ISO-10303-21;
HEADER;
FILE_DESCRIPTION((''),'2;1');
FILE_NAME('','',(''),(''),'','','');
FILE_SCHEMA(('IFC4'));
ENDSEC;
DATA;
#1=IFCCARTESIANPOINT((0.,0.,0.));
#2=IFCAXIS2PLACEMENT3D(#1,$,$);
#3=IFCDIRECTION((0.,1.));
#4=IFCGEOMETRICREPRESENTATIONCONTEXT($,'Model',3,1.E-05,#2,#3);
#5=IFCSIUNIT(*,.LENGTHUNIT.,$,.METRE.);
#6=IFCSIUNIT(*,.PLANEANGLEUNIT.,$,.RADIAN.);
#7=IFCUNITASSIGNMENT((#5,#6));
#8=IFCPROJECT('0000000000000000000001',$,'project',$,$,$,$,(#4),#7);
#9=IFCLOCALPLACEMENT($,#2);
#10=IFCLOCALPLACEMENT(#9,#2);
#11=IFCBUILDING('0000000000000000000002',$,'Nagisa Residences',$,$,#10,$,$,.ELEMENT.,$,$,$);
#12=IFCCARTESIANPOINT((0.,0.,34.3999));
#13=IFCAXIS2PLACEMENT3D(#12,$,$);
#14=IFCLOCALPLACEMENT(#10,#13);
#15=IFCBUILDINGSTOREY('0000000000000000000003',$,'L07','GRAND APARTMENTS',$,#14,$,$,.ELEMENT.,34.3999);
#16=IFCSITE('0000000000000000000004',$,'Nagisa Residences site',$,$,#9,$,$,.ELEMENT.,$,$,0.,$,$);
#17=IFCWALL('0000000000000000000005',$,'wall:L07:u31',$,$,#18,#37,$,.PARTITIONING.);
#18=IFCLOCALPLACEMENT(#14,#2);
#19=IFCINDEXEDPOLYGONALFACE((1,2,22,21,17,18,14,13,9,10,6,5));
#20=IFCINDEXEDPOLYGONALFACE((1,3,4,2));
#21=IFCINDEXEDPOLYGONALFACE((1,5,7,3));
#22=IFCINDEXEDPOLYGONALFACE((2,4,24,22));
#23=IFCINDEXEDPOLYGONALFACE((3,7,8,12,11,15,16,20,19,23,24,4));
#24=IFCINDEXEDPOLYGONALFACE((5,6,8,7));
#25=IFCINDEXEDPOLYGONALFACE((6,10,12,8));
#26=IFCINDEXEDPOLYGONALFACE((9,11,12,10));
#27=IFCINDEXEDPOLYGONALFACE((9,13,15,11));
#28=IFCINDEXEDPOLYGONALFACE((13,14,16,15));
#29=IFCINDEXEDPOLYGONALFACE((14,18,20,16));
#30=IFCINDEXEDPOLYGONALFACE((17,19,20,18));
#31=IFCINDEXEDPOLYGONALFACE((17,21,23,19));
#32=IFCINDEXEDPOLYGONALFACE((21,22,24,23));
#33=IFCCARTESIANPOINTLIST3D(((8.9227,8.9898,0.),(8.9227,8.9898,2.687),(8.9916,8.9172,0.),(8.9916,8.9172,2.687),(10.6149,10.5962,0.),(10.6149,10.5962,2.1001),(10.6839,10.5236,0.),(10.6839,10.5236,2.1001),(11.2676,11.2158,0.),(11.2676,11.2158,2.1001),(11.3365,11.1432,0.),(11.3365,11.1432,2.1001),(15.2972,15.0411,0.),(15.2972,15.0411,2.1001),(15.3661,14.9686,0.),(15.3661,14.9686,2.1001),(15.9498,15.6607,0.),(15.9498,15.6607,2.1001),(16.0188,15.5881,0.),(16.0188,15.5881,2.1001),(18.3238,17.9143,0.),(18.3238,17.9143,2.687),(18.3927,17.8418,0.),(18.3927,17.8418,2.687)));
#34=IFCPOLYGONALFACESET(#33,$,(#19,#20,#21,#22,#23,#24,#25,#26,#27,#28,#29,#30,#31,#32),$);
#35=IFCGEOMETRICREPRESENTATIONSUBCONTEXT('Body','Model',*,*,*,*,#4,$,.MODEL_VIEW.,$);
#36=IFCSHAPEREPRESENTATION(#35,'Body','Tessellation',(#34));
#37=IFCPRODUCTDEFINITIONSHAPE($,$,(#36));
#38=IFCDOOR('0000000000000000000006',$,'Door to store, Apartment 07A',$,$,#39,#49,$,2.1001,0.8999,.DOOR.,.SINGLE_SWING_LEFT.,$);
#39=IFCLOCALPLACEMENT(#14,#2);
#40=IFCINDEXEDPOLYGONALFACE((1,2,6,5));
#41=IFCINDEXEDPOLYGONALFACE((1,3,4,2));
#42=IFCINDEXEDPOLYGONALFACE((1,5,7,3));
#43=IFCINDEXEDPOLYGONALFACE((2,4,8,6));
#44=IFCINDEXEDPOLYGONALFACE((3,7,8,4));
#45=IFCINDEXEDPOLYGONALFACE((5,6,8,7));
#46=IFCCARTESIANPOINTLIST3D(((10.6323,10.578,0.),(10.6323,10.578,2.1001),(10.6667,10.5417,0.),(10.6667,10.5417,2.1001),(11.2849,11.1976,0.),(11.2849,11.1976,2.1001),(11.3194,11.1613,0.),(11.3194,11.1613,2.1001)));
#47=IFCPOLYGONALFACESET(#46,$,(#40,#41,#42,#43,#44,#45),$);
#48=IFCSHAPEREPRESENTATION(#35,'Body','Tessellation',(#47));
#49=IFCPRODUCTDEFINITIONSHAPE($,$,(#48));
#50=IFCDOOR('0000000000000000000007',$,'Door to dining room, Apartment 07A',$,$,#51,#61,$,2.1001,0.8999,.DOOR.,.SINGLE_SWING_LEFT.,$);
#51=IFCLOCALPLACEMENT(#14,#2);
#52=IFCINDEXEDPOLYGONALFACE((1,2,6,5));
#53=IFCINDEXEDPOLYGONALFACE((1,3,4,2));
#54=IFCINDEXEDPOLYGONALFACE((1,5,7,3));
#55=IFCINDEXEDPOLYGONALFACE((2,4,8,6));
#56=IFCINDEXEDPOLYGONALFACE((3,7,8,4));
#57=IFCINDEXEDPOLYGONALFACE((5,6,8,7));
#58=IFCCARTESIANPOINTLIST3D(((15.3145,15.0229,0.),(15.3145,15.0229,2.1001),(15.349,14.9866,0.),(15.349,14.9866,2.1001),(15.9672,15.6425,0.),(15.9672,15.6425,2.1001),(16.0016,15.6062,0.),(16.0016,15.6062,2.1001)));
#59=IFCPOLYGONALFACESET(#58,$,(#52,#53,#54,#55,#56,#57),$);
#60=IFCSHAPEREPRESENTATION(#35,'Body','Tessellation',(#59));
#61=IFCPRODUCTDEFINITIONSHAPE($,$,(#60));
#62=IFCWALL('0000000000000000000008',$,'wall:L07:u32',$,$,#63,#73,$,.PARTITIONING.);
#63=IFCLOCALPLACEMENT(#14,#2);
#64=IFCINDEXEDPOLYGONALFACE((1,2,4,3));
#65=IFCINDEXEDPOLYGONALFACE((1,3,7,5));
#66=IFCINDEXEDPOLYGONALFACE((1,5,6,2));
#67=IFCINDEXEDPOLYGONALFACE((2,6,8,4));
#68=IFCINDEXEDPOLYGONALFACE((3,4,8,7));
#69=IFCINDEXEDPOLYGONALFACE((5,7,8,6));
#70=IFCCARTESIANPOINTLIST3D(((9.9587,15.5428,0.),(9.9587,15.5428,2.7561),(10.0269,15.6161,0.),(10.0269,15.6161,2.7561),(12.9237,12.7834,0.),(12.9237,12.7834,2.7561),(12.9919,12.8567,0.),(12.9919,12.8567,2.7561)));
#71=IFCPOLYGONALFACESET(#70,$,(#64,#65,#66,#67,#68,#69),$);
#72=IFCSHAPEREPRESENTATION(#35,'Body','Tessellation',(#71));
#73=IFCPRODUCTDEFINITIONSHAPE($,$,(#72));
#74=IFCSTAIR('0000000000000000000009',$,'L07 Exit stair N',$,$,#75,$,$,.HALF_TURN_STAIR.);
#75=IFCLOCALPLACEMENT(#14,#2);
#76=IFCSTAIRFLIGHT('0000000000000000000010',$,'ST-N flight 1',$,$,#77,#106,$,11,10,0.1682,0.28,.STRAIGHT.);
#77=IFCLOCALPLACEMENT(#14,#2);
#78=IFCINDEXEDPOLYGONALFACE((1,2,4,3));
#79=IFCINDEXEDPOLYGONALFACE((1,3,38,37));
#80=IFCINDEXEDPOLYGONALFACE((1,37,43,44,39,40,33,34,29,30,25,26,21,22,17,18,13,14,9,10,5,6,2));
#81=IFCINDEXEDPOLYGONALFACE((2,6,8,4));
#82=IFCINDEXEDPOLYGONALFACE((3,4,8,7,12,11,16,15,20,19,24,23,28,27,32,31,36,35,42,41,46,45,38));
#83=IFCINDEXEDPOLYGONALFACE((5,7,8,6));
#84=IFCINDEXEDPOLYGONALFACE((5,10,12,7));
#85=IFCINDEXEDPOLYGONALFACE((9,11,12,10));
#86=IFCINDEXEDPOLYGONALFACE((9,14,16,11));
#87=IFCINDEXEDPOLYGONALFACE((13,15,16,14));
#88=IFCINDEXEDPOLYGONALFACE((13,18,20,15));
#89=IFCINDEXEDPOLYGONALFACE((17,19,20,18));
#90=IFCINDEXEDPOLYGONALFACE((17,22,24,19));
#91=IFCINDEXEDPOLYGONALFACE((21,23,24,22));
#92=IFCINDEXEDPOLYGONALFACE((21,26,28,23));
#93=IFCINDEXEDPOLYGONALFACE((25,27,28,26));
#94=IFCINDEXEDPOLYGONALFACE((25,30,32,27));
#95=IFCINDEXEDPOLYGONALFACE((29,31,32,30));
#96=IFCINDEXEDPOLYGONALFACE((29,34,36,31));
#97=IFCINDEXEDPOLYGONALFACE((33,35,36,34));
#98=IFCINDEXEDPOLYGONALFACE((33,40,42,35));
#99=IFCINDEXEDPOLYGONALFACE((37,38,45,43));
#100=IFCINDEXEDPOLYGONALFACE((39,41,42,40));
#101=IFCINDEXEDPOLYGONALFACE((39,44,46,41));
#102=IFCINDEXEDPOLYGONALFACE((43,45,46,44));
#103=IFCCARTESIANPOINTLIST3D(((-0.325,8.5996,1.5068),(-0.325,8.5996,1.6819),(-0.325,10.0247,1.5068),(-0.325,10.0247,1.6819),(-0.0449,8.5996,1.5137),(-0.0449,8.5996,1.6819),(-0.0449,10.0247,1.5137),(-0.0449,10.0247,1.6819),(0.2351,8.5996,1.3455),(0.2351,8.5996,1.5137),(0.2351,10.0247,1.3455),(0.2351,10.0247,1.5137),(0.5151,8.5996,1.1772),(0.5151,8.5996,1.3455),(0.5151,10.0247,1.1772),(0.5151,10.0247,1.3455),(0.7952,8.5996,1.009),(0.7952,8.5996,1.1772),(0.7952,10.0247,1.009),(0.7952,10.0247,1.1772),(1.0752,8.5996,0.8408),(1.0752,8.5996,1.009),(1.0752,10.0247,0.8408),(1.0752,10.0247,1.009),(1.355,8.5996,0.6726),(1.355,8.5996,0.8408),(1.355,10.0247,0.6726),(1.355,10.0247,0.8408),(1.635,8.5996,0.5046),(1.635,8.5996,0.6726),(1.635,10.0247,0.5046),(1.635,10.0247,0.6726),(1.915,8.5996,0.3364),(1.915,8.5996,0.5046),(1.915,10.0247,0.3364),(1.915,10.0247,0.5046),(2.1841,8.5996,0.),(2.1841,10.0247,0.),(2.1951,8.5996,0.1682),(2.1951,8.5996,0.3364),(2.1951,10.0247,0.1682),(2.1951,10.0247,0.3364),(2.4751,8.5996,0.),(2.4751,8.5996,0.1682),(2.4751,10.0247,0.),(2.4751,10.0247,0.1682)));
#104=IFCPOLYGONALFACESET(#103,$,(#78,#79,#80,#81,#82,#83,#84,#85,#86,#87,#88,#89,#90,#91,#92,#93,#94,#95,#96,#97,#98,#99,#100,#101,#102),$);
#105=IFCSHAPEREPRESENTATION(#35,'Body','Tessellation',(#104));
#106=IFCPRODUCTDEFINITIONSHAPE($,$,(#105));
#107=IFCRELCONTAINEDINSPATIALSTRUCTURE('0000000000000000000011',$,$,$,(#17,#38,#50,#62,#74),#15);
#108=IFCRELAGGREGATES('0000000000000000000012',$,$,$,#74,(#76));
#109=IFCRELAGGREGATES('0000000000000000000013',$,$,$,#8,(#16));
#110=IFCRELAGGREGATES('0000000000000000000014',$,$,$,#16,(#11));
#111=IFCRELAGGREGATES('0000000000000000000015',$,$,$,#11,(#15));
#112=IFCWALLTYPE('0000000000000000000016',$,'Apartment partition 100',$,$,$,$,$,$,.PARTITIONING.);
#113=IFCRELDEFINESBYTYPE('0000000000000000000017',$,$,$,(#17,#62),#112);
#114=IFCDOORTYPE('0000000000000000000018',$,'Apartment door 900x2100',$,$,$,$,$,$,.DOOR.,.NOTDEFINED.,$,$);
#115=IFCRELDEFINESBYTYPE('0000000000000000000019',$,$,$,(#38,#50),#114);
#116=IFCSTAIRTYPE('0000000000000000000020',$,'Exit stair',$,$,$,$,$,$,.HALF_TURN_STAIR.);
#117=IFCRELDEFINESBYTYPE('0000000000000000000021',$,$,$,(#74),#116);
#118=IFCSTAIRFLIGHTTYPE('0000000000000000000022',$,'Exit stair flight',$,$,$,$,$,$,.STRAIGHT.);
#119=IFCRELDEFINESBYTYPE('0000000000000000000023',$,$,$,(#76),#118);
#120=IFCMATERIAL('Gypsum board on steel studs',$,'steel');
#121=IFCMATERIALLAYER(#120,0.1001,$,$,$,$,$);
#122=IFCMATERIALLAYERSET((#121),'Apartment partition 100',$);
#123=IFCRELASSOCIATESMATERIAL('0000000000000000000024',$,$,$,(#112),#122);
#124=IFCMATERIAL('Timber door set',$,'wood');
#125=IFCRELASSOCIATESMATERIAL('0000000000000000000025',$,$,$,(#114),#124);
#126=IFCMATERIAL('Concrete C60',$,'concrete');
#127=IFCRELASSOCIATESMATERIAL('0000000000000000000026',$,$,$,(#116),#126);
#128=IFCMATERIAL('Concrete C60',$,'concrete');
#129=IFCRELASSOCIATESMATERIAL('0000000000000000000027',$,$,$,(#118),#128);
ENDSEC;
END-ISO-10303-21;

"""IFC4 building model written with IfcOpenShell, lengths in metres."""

from ifc_helpers import new_model, si_unit, direction, frame, frame_2d, origin, place, context, subcontext, project, spatial, polyline, rectangle, outline, extrude, material, layer, layer_set, type_object, element, fill, aggregate, save


model = new_model("IFC4")

# Units and contexts
model_context = context("Model", 3, precision=1e-05, world=origin(), true_north=direction((0.0, 1.0)))
body_context = subcontext(model_context, "Body", "Model", "MODEL_VIEW")
ifc_project = project(units=[si_unit("LENGTHUNIT", "METRE"), si_unit("PLANEANGLEUNIT", "RADIAN")], contexts=[model_context])

# Site, building, storey
site_placement = place(None, origin())
site = spatial("IfcSite", under=ifc_project, at=site_placement, Name="Nagisa Residences site", CompositionType="ELEMENT", RefElevation=0.0)
building_placement = place(site_placement, origin())
building = spatial("IfcBuilding", under=site, at=building_placement, Name="Nagisa Residences", CompositionType="ELEMENT")
storey_placement = place(building_placement, frame((0.0, 0.0, 34.3999)))
storey = spatial("IfcBuildingStorey", under=building, at=storey_placement, Name="L07", Description="GRAND APARTMENTS", CompositionType="ELEMENT", Elevation=34.3999)

# Shared definitions
ifc_material_1 = material(Name="Gypsum board on steel studs", Category="steel")
ifc_layer_1 = layer(ifc_material_1, 0.1001)
ifc_layer_set_1 = layer_set([ifc_layer_1], Name="Apartment partition 100")
wall_type_1 = type_object("IfcWallType", Name="Apartment partition 100", PredefinedType="PARTITIONING", material=ifc_layer_set_1)

# Wall, openings, doors
ifc_material_2 = material(Name="Timber door set", Category="wood")
door_type_1 = type_object("IfcDoorType", Name="Apartment door 900x2100", OperationType="NOTDEFINED", PredefinedType="DOOR", material=ifc_material_2)
wall_1_placement = place(storey_placement, frame((8.957, 8.9534, 0.0), z_axis=(0.0, 0.0, 1.0), x_axis=(0.72525, 0.688486, 0.0)))
wall_1 = element("IfcWall", 1, at=wall_1_placement, inside=storey, type_object=wall_type_1, Name="wall:L07:u31", PredefinedType="PARTITIONING", context=body_context, shape_type="SweptSolid", body=[
    extrude(rectangle(XDim=12.9626, YDim=0.1001, at=frame_2d((6.4814, 0.0))), origin(), (0.0, 0.0, 1.0), 2.687),
])
opening_1_placement = place(wall_1_placement, frame((2.3335, 0.0, 0.0)))
opening_1 = element("IfcOpeningElement", 2, at=opening_1_placement, cuts=wall_1, PredefinedType="OPENING", context=body_context, shape_type="SweptSolid", body=[
    extrude(rectangle(XDim=0.8999, YDim=2.1001, at=frame_2d((0.45, 1.05))), frame((0.0, 0.0601, 0.0), z_axis=(0.0, -1.0, 0.0), x_axis=(1.0, 0.0, 0.0)), (0.0, 0.0, 1.0), 0.1201),
])
opening_2_placement = place(wall_1_placement, frame((8.7896, 0.0, 0.0)))
opening_2 = element("IfcOpeningElement", 3, at=opening_2_placement, cuts=wall_1, PredefinedType="OPENING", context=body_context, shape_type="SweptSolid", body=[
    extrude(rectangle(XDim=0.8999, YDim=2.1001, at=frame_2d((0.45, 1.05))), frame((0.0, 0.0601, 0.0), z_axis=(0.0, -1.0, 0.0), x_axis=(1.0, 0.0, 0.0)), (0.0, 0.0, 1.0), 0.1201),
])
door_1_placement = place(opening_1_placement, origin())
door_1 = element("IfcDoor", 4, at=door_1_placement, inside=storey, type_object=door_type_1, Name="Door to store, Apartment 07A", OperationType="SINGLE_SWING_LEFT", OverallHeight=2.1001, OverallWidth=0.8999, PredefinedType="DOOR", context=body_context, shape_type="SweptSolid", body=[
    extrude(rectangle(XDim=0.8999, YDim=2.1001, at=frame_2d((0.45, 1.05))), frame((0.0, 0.0249, 0.0), z_axis=(0.0, -1.0, 0.0), x_axis=(1.0, 0.0, 0.0)), (0.0, 0.0, 1.0), 0.05),
])
fill(opening_1, door_1)
door_2_placement = place(opening_2_placement, origin())
door_2 = element("IfcDoor", 5, at=door_2_placement, inside=storey, type_object=door_type_1, Name="Door to dining room, Apartment 07A", OperationType="SINGLE_SWING_LEFT", OverallHeight=2.1001, OverallWidth=0.8999, PredefinedType="DOOR", context=body_context, shape_type="SweptSolid", body=[
    extrude(rectangle(XDim=0.8999, YDim=2.1001, at=frame_2d((0.45, 1.05))), frame((0.0, 0.0249, 0.0), z_axis=(0.0, -1.0, 0.0), x_axis=(1.0, 0.0, 0.0)), (0.0, 0.0, 1.0), 0.05),
])
fill(opening_2, door_2)

# Wall
wall_2_placement = place(storey_placement, frame((12.9578, 12.8201, 0.0), z_axis=(0.0, 0.0, 1.0), x_axis=(-0.732029, 0.681274, 0.0)))
element("IfcWall", 6, at=wall_2_placement, inside=storey, type_object=wall_type_1, Name="wall:L07:u32", PredefinedType="PARTITIONING", context=body_context, shape_type="SweptSolid", body=[
    extrude(rectangle(XDim=4.0503, YDim=0.1001, at=frame_2d((2.0251, 0.0))), origin(), (0.0, 0.0, 1.0), 2.7561),
])

# Stair, stair flight
ifc_material_3 = material(Name="Concrete C60", Category="concrete")
stair_type = type_object("IfcStairType", Name="Exit stair", PredefinedType="HALF_TURN_STAIR", material=ifc_material_3)
stair_placement = place(storey_placement, origin())
stair = element("IfcStair", 7, at=stair_placement, inside=storey, type_object=stair_type, Name="L07 Exit stair N", PredefinedType="HALF_TURN_STAIR")
ifc_material_4 = material(Name="Concrete C60", Category="concrete")
stair_flight_type = type_object("IfcStairFlightType", Name="Exit stair flight", PredefinedType="STRAIGHT", material=ifc_material_4)
stair_flight_placement = place(storey_placement, frame((2.4751, 9.312, 0.0), z_axis=(0.0, 0.0, 1.0), x_axis=(-1.0, 0.0, 0.0)))
stair_flight = element("IfcStairFlight", 8, at=stair_flight_placement, type_object=stair_flight_type, Name="ST-N flight 1", NumberOfRisers=11, NumberOfTreads=10, PredefinedType="STRAIGHT", RiserHeight=0.1682, TreadLength=0.28, context=body_context, shape_type="SweptSolid", body=[
    extrude(outline(polyline([(0.0, 0.0), (0.0, 0.1682), (0.28, 0.1682), (0.28, 0.3364), (0.5601, 0.3364), (0.5601, 0.5046), (0.8401, 0.5046), (0.8401, 0.6726), (1.1201, 0.6726), (1.1201, 0.8408), (1.3999, 0.8408), (1.3999, 1.009), (1.6799, 1.009), (1.6799, 1.1772), (1.96, 1.1772), (1.96, 1.3455), (2.24, 1.3455), (2.24, 1.5137), (2.52, 1.5137), (2.52, 1.6819), (2.8, 1.6819), (2.8, 1.8501), (2.8, 1.5068), (0.291, 0.0), (0.0, 0.0)])), frame((0.0, 0.7124, 0.0), z_axis=(0.0, -1.0, 0.0), x_axis=(1.0, 0.0, 0.0)), (0.0, 0.0, 1.0), 1.425),
])
aggregate(stair, [stair_flight])

save(model, "model.ifc")
